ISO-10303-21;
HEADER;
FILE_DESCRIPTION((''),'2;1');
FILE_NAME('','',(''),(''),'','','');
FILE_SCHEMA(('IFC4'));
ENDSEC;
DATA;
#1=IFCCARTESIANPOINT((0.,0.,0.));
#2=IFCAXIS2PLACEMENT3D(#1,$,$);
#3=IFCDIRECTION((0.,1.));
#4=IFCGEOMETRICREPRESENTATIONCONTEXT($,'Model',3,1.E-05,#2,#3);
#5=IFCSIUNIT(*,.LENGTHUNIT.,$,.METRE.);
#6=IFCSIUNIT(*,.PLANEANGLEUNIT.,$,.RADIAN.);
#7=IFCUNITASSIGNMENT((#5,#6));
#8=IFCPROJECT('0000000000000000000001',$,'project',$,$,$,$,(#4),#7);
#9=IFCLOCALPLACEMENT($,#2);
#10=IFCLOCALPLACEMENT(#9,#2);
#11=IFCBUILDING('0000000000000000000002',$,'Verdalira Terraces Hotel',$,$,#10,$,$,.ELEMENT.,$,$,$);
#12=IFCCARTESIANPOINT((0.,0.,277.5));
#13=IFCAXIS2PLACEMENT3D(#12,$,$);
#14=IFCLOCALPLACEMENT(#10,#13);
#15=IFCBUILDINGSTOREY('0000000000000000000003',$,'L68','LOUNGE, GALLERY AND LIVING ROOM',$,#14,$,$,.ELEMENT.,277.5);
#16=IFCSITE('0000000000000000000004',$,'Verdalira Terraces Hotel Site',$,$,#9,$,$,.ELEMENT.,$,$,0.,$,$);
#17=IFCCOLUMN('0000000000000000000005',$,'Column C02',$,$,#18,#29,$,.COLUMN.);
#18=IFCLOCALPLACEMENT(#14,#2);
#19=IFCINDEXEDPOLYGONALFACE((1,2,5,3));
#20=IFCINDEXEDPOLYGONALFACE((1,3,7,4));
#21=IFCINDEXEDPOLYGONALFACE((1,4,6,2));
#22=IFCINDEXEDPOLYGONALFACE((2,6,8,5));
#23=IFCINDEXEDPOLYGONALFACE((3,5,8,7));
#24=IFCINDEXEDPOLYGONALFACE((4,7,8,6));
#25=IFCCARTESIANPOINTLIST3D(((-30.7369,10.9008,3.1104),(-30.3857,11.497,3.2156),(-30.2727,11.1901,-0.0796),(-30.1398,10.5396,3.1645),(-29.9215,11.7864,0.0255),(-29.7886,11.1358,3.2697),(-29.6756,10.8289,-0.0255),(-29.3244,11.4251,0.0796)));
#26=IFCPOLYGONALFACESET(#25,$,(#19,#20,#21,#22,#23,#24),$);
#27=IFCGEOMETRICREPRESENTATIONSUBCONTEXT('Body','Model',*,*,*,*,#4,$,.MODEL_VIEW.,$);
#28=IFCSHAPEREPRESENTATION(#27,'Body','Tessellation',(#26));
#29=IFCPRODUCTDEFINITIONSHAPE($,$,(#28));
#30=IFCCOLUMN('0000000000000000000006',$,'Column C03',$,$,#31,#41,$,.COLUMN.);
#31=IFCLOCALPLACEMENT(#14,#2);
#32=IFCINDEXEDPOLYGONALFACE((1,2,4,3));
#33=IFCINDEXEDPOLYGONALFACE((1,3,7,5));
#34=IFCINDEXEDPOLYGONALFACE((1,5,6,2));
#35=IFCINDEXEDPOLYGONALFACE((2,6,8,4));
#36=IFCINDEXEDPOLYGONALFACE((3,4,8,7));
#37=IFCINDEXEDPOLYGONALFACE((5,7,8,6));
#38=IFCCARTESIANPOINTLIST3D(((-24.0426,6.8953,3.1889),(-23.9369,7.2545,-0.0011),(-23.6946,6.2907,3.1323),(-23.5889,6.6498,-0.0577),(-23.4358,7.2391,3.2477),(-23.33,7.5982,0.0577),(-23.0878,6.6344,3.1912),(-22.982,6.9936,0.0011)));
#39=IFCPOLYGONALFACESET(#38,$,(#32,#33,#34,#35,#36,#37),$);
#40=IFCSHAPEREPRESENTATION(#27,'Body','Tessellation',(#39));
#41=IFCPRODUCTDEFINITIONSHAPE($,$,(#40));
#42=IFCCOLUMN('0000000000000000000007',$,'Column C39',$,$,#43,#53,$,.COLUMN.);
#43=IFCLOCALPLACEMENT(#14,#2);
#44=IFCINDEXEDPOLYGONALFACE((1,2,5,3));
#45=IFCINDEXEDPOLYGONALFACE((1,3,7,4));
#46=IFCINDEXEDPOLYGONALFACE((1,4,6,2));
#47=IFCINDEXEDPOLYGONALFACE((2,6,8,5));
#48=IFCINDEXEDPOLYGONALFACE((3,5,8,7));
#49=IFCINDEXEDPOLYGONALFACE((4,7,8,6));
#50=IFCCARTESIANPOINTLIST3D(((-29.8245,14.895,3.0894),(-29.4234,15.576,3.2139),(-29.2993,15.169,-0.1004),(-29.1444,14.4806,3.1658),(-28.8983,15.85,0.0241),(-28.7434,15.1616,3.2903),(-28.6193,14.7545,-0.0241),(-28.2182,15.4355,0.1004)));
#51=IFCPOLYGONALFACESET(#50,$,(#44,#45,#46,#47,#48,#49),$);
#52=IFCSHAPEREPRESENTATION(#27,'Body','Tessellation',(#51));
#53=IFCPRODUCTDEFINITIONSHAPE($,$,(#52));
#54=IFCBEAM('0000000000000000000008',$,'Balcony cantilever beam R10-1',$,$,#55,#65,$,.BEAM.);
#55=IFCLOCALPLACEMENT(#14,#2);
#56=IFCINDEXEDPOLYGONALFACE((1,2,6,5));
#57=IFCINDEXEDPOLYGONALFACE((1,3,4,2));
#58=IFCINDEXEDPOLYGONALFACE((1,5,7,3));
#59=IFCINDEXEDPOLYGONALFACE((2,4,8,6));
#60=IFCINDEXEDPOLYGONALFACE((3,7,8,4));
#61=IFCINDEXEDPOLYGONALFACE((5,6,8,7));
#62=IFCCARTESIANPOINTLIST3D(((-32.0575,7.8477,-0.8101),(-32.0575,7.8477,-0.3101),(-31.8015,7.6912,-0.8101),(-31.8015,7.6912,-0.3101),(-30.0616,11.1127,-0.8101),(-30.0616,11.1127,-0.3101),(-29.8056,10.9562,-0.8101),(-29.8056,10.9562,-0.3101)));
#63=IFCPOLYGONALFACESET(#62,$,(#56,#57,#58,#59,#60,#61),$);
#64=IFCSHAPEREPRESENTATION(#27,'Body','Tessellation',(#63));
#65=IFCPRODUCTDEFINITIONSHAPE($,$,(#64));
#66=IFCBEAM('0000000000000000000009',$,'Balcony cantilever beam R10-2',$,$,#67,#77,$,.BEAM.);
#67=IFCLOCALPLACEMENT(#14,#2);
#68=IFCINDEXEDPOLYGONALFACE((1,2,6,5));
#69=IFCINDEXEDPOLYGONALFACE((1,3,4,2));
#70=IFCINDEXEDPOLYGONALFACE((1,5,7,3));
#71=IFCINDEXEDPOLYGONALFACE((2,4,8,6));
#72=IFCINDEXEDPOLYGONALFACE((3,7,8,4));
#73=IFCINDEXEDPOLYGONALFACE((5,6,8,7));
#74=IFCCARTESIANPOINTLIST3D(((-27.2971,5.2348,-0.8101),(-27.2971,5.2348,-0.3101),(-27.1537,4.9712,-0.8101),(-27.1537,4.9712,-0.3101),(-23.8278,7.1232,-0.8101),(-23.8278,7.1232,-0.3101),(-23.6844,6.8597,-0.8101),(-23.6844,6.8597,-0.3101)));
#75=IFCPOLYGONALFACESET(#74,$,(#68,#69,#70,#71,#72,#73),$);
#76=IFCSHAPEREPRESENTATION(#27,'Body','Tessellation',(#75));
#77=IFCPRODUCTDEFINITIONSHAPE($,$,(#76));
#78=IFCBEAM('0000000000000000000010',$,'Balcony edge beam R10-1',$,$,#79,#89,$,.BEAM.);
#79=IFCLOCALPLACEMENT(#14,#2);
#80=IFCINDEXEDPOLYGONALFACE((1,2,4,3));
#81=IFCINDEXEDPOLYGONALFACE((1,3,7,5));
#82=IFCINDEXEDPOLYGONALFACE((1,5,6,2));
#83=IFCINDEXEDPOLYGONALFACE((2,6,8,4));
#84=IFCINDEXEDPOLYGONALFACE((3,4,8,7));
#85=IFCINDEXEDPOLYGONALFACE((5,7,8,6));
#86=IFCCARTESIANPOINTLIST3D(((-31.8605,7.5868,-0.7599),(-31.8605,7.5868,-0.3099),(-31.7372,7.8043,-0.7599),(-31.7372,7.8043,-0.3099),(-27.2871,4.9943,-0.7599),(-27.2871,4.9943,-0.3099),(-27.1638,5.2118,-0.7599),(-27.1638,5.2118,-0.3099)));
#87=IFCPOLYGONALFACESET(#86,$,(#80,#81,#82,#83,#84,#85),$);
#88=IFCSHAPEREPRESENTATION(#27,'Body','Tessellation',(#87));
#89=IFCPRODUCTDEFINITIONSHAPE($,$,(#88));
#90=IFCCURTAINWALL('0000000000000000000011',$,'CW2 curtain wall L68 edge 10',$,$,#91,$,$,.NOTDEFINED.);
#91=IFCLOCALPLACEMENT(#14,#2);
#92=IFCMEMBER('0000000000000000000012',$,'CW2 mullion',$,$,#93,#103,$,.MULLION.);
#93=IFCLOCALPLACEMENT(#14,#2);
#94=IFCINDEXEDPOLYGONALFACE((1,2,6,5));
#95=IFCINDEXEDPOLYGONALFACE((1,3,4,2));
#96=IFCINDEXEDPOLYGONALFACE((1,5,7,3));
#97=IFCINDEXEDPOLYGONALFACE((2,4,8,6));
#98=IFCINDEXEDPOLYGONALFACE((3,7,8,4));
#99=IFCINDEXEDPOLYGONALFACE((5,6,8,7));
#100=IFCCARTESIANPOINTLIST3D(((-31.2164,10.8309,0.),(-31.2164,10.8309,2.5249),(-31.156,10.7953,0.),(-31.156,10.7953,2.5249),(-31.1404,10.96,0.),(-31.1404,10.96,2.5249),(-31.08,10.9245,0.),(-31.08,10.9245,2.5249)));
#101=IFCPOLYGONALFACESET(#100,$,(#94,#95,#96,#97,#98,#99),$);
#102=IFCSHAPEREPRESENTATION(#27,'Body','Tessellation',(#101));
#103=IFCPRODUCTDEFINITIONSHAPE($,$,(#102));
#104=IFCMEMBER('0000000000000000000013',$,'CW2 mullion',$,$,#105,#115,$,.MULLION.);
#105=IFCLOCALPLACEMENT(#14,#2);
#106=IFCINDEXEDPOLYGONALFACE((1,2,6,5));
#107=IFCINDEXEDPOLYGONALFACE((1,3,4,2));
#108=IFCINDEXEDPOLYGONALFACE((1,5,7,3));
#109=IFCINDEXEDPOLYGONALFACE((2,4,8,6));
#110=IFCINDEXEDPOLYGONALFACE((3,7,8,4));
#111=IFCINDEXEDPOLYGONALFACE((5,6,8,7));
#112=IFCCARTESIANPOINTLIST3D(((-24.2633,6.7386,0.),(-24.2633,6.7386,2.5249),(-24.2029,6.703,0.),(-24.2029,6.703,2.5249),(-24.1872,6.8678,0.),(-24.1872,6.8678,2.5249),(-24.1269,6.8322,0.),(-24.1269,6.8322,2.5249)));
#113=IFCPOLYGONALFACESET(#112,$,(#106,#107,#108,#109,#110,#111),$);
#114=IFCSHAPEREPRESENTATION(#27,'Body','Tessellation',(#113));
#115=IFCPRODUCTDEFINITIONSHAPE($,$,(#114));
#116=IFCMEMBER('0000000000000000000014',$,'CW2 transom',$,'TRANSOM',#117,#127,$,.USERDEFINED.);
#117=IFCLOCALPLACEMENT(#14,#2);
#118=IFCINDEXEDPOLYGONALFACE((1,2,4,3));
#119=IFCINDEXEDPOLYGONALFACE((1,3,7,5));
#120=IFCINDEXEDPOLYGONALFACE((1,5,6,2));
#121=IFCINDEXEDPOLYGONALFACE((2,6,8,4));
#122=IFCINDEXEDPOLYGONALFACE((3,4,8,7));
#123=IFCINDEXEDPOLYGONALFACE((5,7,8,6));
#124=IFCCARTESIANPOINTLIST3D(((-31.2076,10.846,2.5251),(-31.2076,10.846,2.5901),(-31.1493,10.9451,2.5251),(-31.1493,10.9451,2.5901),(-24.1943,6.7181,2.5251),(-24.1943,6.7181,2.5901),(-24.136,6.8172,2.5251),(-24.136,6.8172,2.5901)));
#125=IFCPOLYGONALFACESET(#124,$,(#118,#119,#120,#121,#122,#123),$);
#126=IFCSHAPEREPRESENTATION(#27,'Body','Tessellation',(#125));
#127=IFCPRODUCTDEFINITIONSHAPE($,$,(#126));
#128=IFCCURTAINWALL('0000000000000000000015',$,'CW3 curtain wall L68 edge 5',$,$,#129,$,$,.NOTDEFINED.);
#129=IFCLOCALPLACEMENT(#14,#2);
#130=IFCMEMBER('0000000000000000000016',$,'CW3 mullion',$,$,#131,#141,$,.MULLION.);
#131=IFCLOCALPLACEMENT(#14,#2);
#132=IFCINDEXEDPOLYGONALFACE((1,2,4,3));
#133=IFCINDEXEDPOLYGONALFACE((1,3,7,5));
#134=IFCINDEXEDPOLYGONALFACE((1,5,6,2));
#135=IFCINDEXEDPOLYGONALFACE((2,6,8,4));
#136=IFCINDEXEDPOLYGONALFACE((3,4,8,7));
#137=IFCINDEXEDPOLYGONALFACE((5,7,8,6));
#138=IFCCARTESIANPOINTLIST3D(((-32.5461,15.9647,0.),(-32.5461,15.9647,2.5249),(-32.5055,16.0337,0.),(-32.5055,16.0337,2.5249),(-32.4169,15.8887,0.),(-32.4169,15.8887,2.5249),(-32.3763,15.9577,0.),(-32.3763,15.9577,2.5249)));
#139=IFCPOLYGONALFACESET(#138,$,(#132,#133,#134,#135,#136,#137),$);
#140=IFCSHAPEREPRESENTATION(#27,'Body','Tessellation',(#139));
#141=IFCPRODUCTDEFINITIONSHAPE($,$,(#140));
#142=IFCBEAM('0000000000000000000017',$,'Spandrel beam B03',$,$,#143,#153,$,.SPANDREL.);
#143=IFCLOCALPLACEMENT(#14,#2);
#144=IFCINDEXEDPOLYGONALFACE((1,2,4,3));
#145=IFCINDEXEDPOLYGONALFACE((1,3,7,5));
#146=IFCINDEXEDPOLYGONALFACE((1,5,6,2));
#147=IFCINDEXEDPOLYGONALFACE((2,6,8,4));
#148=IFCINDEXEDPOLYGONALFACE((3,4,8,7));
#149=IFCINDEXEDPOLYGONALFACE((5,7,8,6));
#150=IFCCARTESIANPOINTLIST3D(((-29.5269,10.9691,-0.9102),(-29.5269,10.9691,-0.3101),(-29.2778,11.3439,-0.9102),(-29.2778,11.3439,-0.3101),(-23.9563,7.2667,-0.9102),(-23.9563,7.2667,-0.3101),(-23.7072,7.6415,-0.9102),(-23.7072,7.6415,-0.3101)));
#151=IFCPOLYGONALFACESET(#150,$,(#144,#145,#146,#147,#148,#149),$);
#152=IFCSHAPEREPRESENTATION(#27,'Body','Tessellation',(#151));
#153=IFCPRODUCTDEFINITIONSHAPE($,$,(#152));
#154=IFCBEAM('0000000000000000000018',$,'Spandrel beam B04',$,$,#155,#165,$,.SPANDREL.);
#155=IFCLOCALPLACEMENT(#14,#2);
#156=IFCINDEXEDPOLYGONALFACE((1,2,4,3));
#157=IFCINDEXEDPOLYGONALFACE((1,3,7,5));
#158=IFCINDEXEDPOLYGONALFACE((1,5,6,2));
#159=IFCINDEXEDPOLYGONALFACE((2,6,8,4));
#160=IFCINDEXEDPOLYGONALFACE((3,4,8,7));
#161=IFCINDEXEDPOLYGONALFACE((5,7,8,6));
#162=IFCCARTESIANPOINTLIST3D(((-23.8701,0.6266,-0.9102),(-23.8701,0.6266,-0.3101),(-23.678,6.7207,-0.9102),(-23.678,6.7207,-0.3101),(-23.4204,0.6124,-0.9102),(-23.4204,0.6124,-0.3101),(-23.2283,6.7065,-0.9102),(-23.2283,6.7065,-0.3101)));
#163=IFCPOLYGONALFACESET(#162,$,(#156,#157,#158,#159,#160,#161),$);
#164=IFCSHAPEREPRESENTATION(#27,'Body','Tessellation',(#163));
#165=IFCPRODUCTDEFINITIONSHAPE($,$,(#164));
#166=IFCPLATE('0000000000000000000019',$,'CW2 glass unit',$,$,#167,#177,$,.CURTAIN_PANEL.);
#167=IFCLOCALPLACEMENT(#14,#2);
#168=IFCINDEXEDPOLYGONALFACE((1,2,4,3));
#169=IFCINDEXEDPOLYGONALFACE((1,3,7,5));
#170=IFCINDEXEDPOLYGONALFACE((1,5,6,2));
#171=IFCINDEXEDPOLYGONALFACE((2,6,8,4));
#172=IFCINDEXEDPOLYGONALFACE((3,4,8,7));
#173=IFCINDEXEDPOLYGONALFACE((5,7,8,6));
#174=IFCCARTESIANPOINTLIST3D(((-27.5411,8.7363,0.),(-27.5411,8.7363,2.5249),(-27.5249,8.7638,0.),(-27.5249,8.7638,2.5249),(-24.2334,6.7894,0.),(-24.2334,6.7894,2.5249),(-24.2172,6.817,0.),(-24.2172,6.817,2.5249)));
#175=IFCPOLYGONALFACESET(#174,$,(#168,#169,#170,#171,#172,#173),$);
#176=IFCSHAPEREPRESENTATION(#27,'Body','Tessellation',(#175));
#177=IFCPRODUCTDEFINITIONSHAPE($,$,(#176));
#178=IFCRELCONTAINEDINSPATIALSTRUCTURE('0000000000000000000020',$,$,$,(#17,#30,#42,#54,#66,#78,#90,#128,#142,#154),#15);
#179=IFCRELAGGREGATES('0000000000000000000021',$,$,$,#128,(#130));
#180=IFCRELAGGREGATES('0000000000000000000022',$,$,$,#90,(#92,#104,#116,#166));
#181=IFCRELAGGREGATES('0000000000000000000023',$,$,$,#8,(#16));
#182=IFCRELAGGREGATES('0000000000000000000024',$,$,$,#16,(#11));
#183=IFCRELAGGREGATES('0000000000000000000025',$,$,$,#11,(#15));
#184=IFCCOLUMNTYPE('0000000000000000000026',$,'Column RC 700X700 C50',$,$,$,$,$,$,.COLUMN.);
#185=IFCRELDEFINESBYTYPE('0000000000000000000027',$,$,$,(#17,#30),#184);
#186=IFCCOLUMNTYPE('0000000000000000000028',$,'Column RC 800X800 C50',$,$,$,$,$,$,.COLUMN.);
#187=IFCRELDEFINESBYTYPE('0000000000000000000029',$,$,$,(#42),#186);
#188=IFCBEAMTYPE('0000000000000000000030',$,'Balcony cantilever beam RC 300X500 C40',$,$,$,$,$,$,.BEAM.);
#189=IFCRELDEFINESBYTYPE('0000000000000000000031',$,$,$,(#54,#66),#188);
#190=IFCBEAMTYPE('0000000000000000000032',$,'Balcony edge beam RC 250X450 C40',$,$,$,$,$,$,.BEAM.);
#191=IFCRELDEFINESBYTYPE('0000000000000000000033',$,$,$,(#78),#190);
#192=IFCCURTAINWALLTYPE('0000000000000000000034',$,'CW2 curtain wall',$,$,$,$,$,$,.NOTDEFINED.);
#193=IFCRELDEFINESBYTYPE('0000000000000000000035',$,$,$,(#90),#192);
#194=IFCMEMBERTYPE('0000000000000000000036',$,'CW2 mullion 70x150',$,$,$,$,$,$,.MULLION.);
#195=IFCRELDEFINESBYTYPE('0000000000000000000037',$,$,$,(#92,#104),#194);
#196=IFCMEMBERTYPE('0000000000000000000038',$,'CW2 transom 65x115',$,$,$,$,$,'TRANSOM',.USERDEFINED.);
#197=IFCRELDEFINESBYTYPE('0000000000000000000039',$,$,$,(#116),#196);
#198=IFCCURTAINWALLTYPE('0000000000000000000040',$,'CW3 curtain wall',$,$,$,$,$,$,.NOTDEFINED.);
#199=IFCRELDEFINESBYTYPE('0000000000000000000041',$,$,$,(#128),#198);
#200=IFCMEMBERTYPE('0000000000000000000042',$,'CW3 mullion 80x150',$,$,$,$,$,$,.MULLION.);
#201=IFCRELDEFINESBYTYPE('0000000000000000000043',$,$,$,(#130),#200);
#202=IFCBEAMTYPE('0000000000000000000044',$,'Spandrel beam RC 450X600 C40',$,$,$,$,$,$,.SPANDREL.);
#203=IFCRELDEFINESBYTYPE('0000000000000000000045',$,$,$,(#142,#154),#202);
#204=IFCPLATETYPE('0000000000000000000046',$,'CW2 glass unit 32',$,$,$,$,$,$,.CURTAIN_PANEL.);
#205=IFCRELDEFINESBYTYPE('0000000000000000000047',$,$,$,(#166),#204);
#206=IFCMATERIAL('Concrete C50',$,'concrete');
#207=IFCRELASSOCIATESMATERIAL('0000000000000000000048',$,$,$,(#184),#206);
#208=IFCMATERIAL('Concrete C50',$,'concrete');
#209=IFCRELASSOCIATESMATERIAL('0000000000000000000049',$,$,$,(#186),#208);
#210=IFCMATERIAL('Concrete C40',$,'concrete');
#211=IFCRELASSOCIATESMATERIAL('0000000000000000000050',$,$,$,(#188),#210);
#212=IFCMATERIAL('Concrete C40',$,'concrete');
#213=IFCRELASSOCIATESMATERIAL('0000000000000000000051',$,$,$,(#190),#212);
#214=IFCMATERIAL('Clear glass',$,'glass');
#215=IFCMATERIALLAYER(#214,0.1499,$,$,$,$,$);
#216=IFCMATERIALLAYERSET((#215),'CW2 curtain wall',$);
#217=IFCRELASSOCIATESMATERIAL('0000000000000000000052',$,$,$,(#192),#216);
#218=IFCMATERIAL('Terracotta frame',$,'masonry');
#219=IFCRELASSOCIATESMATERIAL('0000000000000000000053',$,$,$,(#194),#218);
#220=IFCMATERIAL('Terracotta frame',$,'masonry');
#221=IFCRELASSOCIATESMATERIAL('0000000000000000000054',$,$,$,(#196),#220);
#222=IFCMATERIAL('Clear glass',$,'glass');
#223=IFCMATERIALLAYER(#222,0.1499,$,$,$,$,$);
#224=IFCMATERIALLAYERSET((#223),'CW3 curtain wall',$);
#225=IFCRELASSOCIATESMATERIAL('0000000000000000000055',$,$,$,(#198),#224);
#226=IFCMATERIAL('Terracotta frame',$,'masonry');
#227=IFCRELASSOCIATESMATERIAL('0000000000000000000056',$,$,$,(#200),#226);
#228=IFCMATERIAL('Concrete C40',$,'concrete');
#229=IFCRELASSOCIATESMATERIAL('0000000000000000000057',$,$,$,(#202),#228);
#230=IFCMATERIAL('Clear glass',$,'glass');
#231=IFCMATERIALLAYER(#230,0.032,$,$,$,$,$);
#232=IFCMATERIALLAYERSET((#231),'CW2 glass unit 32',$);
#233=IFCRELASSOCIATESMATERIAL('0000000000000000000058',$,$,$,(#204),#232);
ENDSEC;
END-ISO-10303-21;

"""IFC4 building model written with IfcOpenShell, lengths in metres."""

from ifc_helpers import new_model, si_unit, direction, frame, origin, origin_2d, place, context, subcontext, project, spatial, rectangle, extrude, material, layer, layer_set, material_profile, profile_set, type_object, element, aggregate, save


model = new_model("IFC4")

# Units and contexts
model_context = context("Model", 3, precision=1e-05, world=origin(), true_north=direction((0.0, 1.0)))
body_context = subcontext(model_context, "Body", "Model", "MODEL_VIEW")
ifc_project = project(units=[si_unit("LENGTHUNIT", "METRE"), si_unit("PLANEANGLEUNIT", "RADIAN")], contexts=[model_context])

# Site, building, storey
site_placement = place(None, origin())
site = spatial("IfcSite", under=ifc_project, at=site_placement, Name="Verdalira Terraces Hotel Site", CompositionType="ELEMENT", RefElevation=0.0)
building_placement = place(site_placement, origin())
building = spatial("IfcBuilding", under=site, at=building_placement, Name="Verdalira Terraces Hotel", CompositionType="ELEMENT")
storey_placement = place(building_placement, frame((0.0, 0.0, 277.5)))
storey = spatial("IfcBuildingStorey", under=building, at=storey_placement, Name="L68", Description="LOUNGE, GALLERY AND LIVING ROOM", CompositionType="ELEMENT", Elevation=277.5)

# Columns
ifc_material_1 = material(Name="Concrete C50", Category="concrete")
ifc_material_profile_1 = material_profile(ifc_material_1, rectangle(XDim=0.7, YDim=0.7, at=origin_2d()), Name="RC 700X700")
ifc_profile_set_1 = profile_set([ifc_material_profile_1], Name="Concrete C50")
column_type_1 = type_object("IfcColumnType", Name="Column RC 700X700 C50", PredefinedType="COLUMN", material=ifc_profile_set_1)
column_1_placement = place(storey_placement, frame((-29.7986, 11.3076, 0.0), z_axis=(-0.1434, -0.089389, 0.98562), x_axis=(0.853047, -0.516076, 0.077307)))
element("IfcColumn", 1, at=column_1_placement, inside=storey, type_object=column_type_1, Name="Column C02", PredefinedType="COLUMN", context=body_context, shape_type="SweptSolid", body=[
    extrude(rectangle(XDim=0.7, YDim=0.7, at=origin_2d()), origin(), (0.0, 0.0, 1.0), 3.2366),
])
column_2_placement = place(storey_placement, frame((-23.4595, 7.124, 0.0), z_axis=(-0.032914, -0.111815, 0.993184), x_axis=(-0.497184, 0.863877, 0.080781)))
element("IfcColumn", 2, at=column_2_placement, inside=storey, type_object=column_type_1, Name="Column C03", PredefinedType="COLUMN", context=body_context, shape_type="SweptSolid", body=[
    extrude(rectangle(XDim=0.7, YDim=0.7, at=origin_2d()), origin(), (0.0, 0.0, 1.0), 3.2119),
])
ifc_material_2 = material(Name="Concrete C50", Category="concrete")
ifc_material_profile_2 = material_profile(ifc_material_2, rectangle(XDim=0.8, YDim=0.8, at=origin_2d()), Name="RC 800X800")
ifc_profile_set_2 = profile_set([ifc_material_profile_2], Name="Concrete C50")
column_type_2 = type_object("IfcColumnType", Name="Column RC 800X800 C50", PredefinedType="COLUMN", material=ifc_profile_set_2)
column_3_placement = place(storey_placement, frame((-28.7588, 15.3022, 0.0), z_axis=(-0.161859, -0.084429, 0.983195), x_axis=(-0.850033, 0.518009, -0.095455)))
element("IfcColumn", 3, at=column_3_placement, inside=storey, type_object=column_type_2, Name="Column C39", PredefinedType="COLUMN", context=body_context, shape_type="SweptSolid", body=[
    extrude(rectangle(XDim=0.8, YDim=0.8, at=origin_2d()), origin(), (0.0, 0.0, 1.0), 3.2444),
])

# Beams
ifc_material_3 = material(Name="Concrete C40", Category="concrete")
ifc_material_profile_3 = material_profile(ifc_material_3, rectangle(XDim=0.3, YDim=0.5, at=origin_2d()), Name="RC 300X500")
ifc_profile_set_3 = profile_set([ifc_material_profile_3], Name="Concrete C40")
beam_type_1 = type_object("IfcBeamType", Name="Balcony cantilever beam RC 300X500 C40", PredefinedType="BEAM", material=ifc_profile_set_3)
beam_1_placement = place(storey_placement, frame((-29.9336, 11.0344, -0.5601), z_axis=(-0.521571, -0.853208, 0.0), x_axis=(0.853208, -0.521571, 0.0)))
element("IfcBeam", 4, at=beam_1_placement, inside=storey, type_object=beam_type_1, Name="Balcony cantilever beam R10-1", PredefinedType="BEAM", context=body_context, shape_type="SweptSolid", body=[
    extrude(rectangle(XDim=0.3, YDim=0.5, at=origin_2d()), origin(), (0.0, 0.0, 1.0), 3.8267),
])
beam_2_placement = place(storey_placement, frame((-23.7561, 6.9915, -0.5601), z_axis=(-0.878309, -0.478094, 0.0), x_axis=(0.478094, -0.878309, 0.0)))
element("IfcBeam", 5, at=beam_2_placement, inside=storey, type_object=beam_type_1, Name="Balcony cantilever beam R10-2", PredefinedType="BEAM", context=body_context, shape_type="SweptSolid", body=[
    extrude(rectangle(XDim=0.3, YDim=0.5, at=origin_2d()), origin(), (0.0, 0.0, 1.0), 3.95),
])
ifc_material_4 = material(Name="Concrete C40", Category="concrete")
ifc_material_profile_4 = material_profile(ifc_material_4, rectangle(XDim=0.25, YDim=0.45, at=origin_2d()), Name="RC 250X450")
ifc_profile_set_4 = profile_set([ifc_material_profile_4], Name="Concrete C40")
beam_type_2 = type_object("IfcBeamType", Name="Balcony edge beam RC 250X450 C40", PredefinedType="BEAM", material=ifc_profile_set_4)
beam_3_placement = place(storey_placement, frame((-31.7988, 7.6956, -0.5349), z_axis=(0.86995, -0.49314, 0.0), x_axis=(0.49314, 0.86995, 0.0)))
element("IfcBeam", 6, at=beam_3_placement, inside=storey, type_object=beam_type_2, Name="Balcony edge beam R10-1", PredefinedType="BEAM", context=body_context, shape_type="SweptSolid", body=[
    extrude(rectangle(XDim=0.25, YDim=0.45, at=origin_2d()), origin(), (0.0, 0.0, 1.0), 5.2571),
])

# Curtain wall, members
ifc_material_5 = material(Name="Clear glass", Category="glass")
ifc_layer_1 = layer(ifc_material_5, 0.1499)
ifc_layer_set_1 = layer_set([ifc_layer_1], Name="CW2 curtain wall")
curtain_wall_type_1 = type_object("IfcCurtainWallType", Name="CW2 curtain wall", PredefinedType="NOTDEFINED", material=ifc_layer_set_1)
curtain_wall_1_placement = place(storey_placement, origin())
curtain_wall_1 = element("IfcCurtainWall", 7, at=curtain_wall_1_placement, inside=storey, type_object=curtain_wall_type_1, Name="CW2 curtain wall L68 edge 10", PredefinedType="NOTDEFINED")
ifc_material_6 = material(Name="Terracotta frame", Category="masonry")
ifc_material_profile_5 = material_profile(ifc_material_6, rectangle(XDim=0.0701, YDim=0.1499, at=origin_2d()), Name="MU 70x150")
ifc_profile_set_5 = profile_set([ifc_material_profile_5], Name="Terracotta frame")
member_type_1 = type_object("IfcMemberType", Name="CW2 mullion 70x150", PredefinedType="MULLION", material=ifc_profile_set_5)
member_1_placement = place(storey_placement, frame((-31.1482, 10.8777, 0.0), z_axis=(0.0, 0.0, 1.0), x_axis=(0.861806, -0.507238, 0.0)))
member_1 = element("IfcMember", 8, at=member_1_placement, type_object=member_type_1, Name="CW2 mullion", PredefinedType="MULLION", context=body_context, shape_type="SweptSolid", body=[
    extrude(rectangle(XDim=0.0701, YDim=0.1499, at=origin_2d()), origin(), (0.0, 0.0, 1.0), 2.5249),
])
member_2_placement = place(storey_placement, frame((-24.1951, 6.7854, 0.0), z_axis=(0.0, 0.0, 1.0), x_axis=(0.861806, -0.507238, 0.0)))
member_2 = element("IfcMember", 9, at=member_2_placement, type_object=member_type_1, Name="CW2 mullion", PredefinedType="MULLION", context=body_context, shape_type="SweptSolid", body=[
    extrude(rectangle(XDim=0.0701, YDim=0.1499, at=origin_2d()), origin(), (0.0, 0.0, 1.0), 2.5249),
])
ifc_material_7 = material(Name="Terracotta frame", Category="masonry")
ifc_material_profile_6 = material_profile(ifc_material_7, rectangle(XDim=0.115, YDim=0.0649, at=origin_2d()), Name="TR 65x115")
ifc_profile_set_6 = profile_set([ifc_material_profile_6], Name="Terracotta frame")
member_type_2 = type_object("IfcMemberType", Name="CW2 transom 65x115", ElementType="TRANSOM", PredefinedType="USERDEFINED", material=ifc_profile_set_6)
member_3_placement = place(storey_placement, frame((-31.1785, 10.8955, 2.5576), z_axis=(0.861806, -0.507238, 0.0), x_axis=(0.507238, 0.861806, 0.0)))
member_3 = element("IfcMember", 10, at=member_3_placement, type_object=member_type_2, Name="CW2 transom", ObjectType="TRANSOM", PredefinedType="USERDEFINED", context=body_context, shape_type="SweptSolid", body=[
    extrude(rectangle(XDim=0.115, YDim=0.0649, at=origin_2d()), origin(), (0.0, 0.0, 1.0), 8.1379),
])

# Curtain wall, member
ifc_material_8 = material(Name="Clear glass", Category="glass")
ifc_layer_2 = layer(ifc_material_8, 0.1499)
ifc_layer_set_2 = layer_set([ifc_layer_2], Name="CW3 curtain wall")
curtain_wall_type_2 = type_object("IfcCurtainWallType", Name="CW3 curtain wall", PredefinedType="NOTDEFINED", material=ifc_layer_set_2)
curtain_wall_2_placement = place(storey_placement, origin())
curtain_wall_2 = element("IfcCurtainWall", 11, at=curtain_wall_2_placement, inside=storey, type_object=curtain_wall_type_2, Name="CW3 curtain wall L68 edge 5", PredefinedType="NOTDEFINED")
ifc_material_9 = material(Name="Terracotta frame", Category="masonry")
ifc_material_profile_7 = material_profile(ifc_material_9, rectangle(XDim=0.0801, YDim=0.1499, at=origin_2d()), Name="MU 80x150")
ifc_profile_set_7 = profile_set([ifc_material_profile_7], Name="Terracotta frame")
member_type_3 = type_object("IfcMemberType", Name="CW3 mullion 80x150", PredefinedType="MULLION", material=ifc_profile_set_7)
member_4_placement = place(storey_placement, frame((-32.4612, 15.9612, 0.0), z_axis=(0.0, 0.0, 1.0), x_axis=(-0.507238, -0.861806, 0.0)))
member_4 = element("IfcMember", 12, at=member_4_placement, type_object=member_type_3, Name="CW3 mullion", PredefinedType="MULLION", context=body_context, shape_type="SweptSolid", body=[
    extrude(rectangle(XDim=0.0801, YDim=0.1499, at=origin_2d()), origin(), (0.0, 0.0, 1.0), 2.5249),
])
aggregate(curtain_wall_2, [member_4])

# Beams
ifc_material_10 = material(Name="Concrete C40", Category="concrete")
ifc_material_profile_8 = material_profile(ifc_material_10, rectangle(XDim=0.45, YDim=0.6001, at=origin_2d()), Name="RC 450X600")
ifc_profile_set_8 = profile_set([ifc_material_profile_8], Name="Concrete C40")
beam_type_3 = type_object("IfcBeamType", Name="Spandrel beam RC 450X600 C40", PredefinedType="SPANDREL", material=ifc_profile_set_8)
beam_4_placement = place(storey_placement, frame((-29.4023, 11.1565, -0.6101), z_axis=(0.83283, -0.553529, 0.0), x_axis=(0.553529, 0.83283, 0.0)))
element("IfcBeam", 13, at=beam_4_placement, inside=storey, type_object=beam_type_3, Name="Spandrel beam B03", PredefinedType="SPANDREL", context=body_context, shape_type="SweptSolid", body=[
    extrude(rectangle(XDim=0.45, YDim=0.6001, at=origin_2d()), origin(), (0.0, 0.0, 1.0), 6.6887),
])
beam_5_placement = place(storey_placement, frame((-23.4531, 6.7136, -0.6101), z_axis=(-0.031512, -0.999503, 0.0), x_axis=(0.999503, -0.031512, 0.0)))
element("IfcBeam", 14, at=beam_5_placement, inside=storey, type_object=beam_type_3, Name="Spandrel beam B04", PredefinedType="SPANDREL", context=body_context, shape_type="SweptSolid", body=[
    extrude(rectangle(XDim=0.45, YDim=0.6001, at=origin_2d()), origin(), (0.0, 0.0, 1.0), 6.0972),
])

# Plate
ifc_material_11 = material(Name="Clear glass", Category="glass")
ifc_layer_3 = layer(ifc_material_11, 0.032)
ifc_layer_set_3 = layer_set([ifc_layer_3], Name="CW2 glass unit 32")
plate_type = type_object("IfcPlateType", Name="CW2 glass unit 32", PredefinedType="CURTAIN_PANEL", material=ifc_layer_set_3)
plate_placement = place(storey_placement, frame((-25.8791, 7.7766, 0.0), z_axis=(0.0, 0.0, 1.0), x_axis=(0.861806, -0.507238, 0.0)))
plate = element("IfcPlate", 15, at=plate_placement, type_object=plate_type, Name="CW2 glass unit", PredefinedType="CURTAIN_PANEL", context=body_context, shape_type="SweptSolid", body=[
    extrude(rectangle(XDim=3.8381, YDim=0.032, at=origin_2d()), origin(), (0.0, 0.0, 1.0), 2.5249),
])
aggregate(curtain_wall_1, [member_1, member_2, member_3, plate])

save(model, "model.ifc")
